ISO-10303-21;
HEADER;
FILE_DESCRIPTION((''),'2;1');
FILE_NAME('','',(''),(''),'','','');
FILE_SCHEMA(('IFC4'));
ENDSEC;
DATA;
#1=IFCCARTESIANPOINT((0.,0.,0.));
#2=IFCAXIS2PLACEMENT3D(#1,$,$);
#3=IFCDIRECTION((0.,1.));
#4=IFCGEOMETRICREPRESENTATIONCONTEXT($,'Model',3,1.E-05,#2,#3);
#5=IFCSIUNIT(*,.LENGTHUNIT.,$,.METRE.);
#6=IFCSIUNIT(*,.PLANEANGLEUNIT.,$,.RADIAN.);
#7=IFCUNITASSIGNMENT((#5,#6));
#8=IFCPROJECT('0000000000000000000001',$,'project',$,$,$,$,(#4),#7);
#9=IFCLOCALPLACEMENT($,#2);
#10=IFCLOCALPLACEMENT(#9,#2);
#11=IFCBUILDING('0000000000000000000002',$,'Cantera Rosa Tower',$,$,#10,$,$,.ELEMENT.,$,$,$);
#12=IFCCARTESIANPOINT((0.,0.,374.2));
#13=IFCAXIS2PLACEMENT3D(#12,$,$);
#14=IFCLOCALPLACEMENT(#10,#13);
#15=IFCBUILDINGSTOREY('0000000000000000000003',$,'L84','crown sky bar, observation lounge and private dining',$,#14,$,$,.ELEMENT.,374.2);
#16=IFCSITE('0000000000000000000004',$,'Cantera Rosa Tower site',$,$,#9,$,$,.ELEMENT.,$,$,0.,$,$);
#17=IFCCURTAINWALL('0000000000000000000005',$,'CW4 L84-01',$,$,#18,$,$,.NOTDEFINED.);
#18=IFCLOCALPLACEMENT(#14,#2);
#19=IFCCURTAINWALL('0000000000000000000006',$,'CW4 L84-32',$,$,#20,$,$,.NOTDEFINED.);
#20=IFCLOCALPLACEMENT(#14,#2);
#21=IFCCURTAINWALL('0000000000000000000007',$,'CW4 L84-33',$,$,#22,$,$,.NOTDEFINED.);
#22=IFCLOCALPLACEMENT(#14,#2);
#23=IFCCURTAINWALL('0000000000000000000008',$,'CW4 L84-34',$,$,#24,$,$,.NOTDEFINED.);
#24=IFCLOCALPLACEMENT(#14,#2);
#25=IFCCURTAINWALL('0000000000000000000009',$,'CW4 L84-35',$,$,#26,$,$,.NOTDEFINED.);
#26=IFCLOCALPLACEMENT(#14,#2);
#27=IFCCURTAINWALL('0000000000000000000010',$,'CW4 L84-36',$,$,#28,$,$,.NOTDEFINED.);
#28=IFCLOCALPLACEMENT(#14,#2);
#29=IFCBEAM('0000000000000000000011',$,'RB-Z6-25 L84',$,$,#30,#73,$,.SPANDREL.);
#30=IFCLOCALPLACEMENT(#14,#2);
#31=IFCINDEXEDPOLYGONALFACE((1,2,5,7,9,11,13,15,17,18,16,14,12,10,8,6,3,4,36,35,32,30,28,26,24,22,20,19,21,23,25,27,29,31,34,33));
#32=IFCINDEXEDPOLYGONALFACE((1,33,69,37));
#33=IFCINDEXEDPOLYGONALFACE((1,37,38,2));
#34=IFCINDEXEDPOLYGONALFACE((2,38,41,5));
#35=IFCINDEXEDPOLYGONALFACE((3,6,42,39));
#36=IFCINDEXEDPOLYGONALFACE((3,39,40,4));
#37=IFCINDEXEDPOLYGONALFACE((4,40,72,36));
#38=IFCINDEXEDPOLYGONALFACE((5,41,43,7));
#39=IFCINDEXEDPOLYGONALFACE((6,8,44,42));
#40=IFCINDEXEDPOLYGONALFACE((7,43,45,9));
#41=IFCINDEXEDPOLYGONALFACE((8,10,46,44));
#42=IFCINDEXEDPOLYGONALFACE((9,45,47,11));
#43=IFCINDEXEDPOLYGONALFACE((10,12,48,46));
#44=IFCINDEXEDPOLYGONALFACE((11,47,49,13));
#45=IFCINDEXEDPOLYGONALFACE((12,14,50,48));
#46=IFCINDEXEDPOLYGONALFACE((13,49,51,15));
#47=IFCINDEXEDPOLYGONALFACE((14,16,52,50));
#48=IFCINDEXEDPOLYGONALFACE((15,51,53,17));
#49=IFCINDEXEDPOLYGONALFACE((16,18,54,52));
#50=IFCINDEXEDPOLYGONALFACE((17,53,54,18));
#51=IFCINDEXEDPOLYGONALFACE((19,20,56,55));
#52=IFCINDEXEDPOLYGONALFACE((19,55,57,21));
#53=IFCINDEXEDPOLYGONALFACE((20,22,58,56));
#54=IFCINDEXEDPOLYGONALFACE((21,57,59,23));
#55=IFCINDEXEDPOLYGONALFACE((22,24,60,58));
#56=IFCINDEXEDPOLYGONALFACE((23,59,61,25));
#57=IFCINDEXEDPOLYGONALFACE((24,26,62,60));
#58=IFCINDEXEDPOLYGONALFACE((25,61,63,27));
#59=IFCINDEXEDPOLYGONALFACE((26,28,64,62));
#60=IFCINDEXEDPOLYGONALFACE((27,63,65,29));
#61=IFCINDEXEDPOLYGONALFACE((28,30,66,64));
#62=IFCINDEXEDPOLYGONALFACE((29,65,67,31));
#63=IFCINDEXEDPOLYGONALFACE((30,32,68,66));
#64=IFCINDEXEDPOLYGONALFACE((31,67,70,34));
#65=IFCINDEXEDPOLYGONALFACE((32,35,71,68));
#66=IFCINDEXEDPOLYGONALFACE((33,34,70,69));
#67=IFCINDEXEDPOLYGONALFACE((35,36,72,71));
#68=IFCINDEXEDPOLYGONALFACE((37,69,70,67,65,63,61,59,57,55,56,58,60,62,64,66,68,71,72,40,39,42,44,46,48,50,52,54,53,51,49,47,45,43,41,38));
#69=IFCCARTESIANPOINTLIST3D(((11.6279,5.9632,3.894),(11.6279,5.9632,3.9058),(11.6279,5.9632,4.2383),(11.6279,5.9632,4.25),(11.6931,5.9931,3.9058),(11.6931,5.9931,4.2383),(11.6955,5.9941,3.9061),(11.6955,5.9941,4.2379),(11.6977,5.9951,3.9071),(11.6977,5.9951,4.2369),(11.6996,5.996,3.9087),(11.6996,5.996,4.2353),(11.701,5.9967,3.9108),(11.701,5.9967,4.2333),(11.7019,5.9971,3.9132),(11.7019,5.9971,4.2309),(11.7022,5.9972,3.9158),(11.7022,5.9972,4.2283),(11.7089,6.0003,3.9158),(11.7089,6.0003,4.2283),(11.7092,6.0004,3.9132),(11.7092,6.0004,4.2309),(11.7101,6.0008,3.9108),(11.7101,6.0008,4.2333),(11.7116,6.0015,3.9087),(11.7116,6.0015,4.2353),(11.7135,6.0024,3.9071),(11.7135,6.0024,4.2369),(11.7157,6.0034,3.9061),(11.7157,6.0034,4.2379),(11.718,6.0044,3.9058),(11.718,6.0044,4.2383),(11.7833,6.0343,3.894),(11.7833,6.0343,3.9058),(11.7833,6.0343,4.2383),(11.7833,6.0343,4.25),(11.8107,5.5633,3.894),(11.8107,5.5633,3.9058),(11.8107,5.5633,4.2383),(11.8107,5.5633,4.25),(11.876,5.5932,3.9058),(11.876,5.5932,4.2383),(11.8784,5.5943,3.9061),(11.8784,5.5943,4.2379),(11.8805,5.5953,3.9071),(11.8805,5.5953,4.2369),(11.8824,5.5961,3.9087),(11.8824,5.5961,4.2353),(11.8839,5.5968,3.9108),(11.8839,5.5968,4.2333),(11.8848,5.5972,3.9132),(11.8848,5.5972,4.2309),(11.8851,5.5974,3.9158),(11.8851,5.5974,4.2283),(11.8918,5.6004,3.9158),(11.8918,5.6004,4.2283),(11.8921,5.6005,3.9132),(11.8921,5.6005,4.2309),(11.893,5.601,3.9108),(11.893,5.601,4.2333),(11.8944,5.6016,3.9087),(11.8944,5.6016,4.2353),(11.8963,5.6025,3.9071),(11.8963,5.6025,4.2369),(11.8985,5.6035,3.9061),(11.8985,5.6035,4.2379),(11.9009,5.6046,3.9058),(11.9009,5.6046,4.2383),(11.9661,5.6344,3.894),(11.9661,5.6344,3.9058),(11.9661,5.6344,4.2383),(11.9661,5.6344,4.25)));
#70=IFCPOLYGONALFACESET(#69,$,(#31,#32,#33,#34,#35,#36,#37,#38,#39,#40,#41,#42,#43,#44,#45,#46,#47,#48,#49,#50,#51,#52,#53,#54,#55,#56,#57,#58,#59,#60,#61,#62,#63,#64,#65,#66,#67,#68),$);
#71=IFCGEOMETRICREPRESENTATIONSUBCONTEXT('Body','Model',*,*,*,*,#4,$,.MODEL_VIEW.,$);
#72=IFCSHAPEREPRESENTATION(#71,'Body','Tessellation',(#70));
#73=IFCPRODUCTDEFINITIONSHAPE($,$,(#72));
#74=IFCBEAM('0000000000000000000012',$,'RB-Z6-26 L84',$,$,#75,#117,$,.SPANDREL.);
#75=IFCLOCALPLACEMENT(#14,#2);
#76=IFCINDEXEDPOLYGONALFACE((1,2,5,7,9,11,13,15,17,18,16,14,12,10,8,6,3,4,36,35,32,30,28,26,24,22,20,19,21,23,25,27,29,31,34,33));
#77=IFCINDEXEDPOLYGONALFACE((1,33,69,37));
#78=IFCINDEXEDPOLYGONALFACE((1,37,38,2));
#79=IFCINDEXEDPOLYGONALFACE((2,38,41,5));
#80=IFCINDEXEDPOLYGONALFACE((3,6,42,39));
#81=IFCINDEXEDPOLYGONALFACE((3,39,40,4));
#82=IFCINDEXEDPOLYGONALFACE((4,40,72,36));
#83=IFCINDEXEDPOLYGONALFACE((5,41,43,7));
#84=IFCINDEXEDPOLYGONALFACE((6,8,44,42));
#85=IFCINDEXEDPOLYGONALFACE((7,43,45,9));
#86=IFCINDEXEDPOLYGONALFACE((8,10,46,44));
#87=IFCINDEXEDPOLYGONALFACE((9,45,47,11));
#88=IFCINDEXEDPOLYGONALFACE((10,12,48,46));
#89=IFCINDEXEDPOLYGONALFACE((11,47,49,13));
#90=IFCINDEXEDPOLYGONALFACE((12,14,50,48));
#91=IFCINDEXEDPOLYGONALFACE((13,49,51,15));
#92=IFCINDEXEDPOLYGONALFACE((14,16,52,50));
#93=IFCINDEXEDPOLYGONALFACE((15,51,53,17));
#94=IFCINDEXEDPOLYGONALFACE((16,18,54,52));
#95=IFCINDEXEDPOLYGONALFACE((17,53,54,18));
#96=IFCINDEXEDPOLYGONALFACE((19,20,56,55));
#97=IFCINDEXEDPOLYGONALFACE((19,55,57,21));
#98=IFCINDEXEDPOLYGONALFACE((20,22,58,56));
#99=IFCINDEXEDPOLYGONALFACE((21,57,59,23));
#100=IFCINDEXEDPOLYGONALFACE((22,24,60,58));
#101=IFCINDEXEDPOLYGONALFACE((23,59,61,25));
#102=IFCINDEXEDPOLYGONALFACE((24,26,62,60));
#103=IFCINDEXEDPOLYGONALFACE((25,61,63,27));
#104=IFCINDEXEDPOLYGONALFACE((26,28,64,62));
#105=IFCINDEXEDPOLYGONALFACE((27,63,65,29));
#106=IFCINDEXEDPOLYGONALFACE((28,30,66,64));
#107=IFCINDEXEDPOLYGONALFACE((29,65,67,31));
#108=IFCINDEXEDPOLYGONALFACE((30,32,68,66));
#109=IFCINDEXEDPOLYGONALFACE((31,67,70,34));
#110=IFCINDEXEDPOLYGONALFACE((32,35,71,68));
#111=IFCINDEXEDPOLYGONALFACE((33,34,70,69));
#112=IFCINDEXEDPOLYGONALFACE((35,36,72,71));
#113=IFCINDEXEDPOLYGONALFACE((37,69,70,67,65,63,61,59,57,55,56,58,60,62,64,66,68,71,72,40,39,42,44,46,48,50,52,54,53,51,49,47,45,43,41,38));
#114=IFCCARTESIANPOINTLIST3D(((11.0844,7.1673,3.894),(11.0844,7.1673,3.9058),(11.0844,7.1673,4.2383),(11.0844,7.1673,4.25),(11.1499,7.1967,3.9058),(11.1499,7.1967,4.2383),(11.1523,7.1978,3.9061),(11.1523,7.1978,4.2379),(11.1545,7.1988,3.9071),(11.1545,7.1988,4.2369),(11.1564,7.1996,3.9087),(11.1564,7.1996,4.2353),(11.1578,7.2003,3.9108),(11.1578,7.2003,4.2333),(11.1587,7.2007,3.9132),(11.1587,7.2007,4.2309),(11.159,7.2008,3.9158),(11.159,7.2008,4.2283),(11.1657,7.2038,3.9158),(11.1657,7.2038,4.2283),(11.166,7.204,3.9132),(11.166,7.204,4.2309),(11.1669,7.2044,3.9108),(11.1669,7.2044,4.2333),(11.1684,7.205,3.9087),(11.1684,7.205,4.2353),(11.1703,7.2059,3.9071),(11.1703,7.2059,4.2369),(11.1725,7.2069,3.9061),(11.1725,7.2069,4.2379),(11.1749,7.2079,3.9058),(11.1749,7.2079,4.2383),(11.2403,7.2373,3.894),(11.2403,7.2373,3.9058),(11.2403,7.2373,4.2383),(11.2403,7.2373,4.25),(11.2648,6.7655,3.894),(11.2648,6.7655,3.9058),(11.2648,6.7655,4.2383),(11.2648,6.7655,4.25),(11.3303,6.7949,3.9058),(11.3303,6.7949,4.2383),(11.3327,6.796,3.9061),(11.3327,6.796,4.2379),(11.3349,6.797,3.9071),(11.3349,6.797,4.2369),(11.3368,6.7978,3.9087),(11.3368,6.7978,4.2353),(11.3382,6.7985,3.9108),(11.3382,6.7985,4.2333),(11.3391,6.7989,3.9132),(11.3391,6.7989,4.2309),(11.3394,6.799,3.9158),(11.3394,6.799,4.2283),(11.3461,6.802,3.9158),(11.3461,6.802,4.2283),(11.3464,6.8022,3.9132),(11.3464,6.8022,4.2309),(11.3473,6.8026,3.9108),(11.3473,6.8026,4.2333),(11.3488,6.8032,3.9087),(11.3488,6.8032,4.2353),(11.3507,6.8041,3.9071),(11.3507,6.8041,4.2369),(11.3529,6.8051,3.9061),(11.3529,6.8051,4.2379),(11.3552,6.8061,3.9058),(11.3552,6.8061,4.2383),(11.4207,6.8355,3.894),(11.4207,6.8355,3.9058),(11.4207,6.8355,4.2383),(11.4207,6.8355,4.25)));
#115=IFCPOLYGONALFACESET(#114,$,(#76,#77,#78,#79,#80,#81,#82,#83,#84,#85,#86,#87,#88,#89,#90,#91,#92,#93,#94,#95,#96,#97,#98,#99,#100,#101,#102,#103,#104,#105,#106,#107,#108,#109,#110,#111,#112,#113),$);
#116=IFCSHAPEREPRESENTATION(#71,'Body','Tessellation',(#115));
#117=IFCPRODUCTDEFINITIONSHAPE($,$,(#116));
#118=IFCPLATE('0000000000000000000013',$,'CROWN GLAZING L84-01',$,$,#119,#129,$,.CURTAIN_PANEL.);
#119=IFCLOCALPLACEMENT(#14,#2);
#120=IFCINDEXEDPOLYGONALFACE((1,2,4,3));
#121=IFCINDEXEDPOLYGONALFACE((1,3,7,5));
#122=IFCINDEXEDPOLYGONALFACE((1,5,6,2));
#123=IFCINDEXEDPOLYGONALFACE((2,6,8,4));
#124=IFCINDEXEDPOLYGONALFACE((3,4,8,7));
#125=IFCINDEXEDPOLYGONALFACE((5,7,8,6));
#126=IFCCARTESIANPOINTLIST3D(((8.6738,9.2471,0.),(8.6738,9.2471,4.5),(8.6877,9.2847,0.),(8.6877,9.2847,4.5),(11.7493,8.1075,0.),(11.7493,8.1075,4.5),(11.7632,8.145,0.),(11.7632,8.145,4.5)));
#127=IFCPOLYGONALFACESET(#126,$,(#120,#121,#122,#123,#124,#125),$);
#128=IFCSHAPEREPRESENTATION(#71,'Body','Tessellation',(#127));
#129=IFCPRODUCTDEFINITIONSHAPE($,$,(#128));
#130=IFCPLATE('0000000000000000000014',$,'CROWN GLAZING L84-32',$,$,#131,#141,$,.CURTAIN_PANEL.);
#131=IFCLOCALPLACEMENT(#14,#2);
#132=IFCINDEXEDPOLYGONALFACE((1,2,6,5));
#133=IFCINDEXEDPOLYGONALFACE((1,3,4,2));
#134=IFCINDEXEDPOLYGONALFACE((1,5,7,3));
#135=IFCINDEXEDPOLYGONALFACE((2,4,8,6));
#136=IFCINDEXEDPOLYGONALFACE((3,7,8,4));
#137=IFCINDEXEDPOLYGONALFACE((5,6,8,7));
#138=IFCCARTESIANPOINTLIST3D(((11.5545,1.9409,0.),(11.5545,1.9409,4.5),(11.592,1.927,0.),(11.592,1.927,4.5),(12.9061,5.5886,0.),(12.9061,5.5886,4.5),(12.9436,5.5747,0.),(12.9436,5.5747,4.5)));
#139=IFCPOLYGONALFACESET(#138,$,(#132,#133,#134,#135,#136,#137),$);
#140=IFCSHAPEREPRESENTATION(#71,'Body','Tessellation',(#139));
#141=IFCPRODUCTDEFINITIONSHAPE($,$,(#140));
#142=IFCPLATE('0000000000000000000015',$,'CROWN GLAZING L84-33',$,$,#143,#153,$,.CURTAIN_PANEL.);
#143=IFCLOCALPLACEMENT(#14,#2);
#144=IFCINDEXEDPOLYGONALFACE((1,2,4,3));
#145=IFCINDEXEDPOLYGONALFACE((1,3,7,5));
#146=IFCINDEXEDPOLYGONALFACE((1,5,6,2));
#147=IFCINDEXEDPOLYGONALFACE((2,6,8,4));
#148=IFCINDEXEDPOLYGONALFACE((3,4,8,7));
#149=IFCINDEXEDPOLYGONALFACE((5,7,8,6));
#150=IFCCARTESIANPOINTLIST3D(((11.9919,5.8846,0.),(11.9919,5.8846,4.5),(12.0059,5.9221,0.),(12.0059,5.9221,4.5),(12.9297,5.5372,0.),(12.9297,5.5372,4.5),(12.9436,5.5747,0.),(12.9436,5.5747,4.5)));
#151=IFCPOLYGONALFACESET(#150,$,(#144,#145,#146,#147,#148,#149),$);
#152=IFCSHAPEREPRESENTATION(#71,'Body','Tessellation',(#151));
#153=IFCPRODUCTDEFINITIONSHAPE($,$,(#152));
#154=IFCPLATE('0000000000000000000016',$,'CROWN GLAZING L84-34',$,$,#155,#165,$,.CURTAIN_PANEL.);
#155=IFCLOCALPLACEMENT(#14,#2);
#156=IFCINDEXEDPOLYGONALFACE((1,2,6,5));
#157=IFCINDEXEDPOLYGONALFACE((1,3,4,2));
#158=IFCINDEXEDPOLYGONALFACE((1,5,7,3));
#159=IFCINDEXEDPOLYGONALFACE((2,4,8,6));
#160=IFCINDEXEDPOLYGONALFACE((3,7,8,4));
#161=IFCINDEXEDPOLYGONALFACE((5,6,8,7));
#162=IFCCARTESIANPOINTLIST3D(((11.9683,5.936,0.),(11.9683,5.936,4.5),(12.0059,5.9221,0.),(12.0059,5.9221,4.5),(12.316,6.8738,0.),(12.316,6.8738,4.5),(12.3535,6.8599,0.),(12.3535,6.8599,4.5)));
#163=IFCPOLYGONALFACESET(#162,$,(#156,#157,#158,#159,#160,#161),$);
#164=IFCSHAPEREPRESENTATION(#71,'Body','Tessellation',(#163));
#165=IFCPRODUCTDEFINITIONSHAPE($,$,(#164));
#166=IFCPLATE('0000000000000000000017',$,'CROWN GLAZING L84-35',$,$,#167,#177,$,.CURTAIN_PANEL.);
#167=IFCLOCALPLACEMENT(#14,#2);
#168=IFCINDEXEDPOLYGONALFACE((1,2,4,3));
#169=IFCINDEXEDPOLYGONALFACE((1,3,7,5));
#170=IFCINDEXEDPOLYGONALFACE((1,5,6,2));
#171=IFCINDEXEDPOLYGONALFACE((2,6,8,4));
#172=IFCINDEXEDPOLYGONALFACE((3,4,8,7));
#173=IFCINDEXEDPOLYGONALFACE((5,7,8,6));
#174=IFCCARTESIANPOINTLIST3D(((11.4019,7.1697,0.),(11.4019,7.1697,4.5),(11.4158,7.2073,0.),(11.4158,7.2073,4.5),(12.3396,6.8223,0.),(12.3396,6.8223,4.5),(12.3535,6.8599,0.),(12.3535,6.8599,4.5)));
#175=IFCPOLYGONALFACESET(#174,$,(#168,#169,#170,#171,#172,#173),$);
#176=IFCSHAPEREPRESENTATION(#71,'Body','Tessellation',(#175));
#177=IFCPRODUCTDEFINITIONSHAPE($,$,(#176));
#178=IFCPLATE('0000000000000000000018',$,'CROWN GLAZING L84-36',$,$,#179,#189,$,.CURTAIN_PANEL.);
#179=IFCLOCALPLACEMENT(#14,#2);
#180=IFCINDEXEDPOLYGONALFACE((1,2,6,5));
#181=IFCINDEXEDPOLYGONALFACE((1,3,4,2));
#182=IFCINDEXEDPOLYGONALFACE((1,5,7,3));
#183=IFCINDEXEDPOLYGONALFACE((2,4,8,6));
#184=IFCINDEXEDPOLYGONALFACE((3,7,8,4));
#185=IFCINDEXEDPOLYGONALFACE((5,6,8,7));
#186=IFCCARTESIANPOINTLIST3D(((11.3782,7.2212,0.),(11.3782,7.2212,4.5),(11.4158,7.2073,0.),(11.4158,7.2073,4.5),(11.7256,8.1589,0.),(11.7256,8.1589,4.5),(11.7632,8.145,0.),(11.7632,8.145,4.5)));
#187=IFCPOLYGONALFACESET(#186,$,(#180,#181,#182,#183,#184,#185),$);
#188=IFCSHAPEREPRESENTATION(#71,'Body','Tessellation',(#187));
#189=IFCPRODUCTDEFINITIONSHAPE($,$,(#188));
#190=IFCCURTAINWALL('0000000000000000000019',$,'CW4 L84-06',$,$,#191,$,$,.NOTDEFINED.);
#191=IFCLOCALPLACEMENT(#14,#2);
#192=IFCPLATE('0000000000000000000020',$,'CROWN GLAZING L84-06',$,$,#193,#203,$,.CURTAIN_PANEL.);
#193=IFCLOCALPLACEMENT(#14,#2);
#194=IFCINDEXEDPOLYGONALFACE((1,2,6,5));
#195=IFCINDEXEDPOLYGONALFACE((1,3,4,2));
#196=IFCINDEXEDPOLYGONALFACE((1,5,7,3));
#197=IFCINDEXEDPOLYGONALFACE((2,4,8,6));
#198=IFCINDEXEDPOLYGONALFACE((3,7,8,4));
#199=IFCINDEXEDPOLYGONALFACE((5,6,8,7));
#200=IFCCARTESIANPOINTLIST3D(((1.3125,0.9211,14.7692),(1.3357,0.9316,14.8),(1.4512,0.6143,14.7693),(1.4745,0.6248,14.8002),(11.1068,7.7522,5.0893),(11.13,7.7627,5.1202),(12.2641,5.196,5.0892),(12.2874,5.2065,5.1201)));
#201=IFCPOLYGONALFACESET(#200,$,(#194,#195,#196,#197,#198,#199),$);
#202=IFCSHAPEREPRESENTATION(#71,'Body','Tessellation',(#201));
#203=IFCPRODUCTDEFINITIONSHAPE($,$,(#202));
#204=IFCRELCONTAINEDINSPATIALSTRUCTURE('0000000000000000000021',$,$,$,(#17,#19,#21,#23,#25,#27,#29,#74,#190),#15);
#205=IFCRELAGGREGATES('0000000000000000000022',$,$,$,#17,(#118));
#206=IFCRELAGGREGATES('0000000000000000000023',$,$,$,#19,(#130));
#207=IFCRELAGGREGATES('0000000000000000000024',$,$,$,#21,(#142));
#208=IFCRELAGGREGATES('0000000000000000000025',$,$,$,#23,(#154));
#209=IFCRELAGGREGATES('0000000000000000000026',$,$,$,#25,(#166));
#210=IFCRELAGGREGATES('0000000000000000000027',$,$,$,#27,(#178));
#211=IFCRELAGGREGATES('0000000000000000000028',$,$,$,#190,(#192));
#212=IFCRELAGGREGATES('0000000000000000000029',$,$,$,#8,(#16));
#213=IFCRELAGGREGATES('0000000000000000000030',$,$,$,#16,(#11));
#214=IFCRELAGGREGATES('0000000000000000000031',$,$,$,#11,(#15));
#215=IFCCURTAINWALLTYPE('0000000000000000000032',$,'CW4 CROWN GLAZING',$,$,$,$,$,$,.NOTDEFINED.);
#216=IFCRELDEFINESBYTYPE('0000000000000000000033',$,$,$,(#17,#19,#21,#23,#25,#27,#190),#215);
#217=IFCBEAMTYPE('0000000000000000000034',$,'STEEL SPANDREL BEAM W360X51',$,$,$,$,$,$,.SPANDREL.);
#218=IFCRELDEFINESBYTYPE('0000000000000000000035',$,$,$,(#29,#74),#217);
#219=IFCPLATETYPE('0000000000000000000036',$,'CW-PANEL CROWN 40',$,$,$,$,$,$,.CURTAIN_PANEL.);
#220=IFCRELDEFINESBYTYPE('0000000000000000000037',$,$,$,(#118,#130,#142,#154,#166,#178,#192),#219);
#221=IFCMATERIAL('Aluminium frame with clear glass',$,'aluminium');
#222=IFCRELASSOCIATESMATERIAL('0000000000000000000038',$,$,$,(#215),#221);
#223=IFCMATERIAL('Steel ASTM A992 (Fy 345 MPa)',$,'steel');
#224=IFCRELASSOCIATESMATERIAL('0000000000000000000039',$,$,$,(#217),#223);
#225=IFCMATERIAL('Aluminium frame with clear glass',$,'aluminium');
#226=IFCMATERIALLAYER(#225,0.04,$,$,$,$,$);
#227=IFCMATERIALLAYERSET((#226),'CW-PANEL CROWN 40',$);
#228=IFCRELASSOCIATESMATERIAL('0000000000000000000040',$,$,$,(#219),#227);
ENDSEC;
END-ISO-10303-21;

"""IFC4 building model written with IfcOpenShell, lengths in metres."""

from ifc_helpers import new_model, si_unit, direction, frame, origin, origin_2d, place, context, subcontext, project, spatial, polyline, i_section, outline, extrude, material, layer, layer_set, material_profile, profile_set, type_object, element, aggregate, save


model = new_model("IFC4")

# Units and contexts
model_context = context("Model", 3, precision=1e-05, world=origin(), true_north=direction((0.0, 1.0)))
body_context = subcontext(model_context, "Body", "Model", "MODEL_VIEW")
ifc_project = project(units=[si_unit("LENGTHUNIT", "METRE"), si_unit("PLANEANGLEUNIT", "RADIAN")], contexts=[model_context])

# Site, building, storey
site_placement = place(None, origin())
site = spatial("IfcSite", under=ifc_project, at=site_placement, Name="Cantera Rosa Tower site", CompositionType="ELEMENT", RefElevation=0.0)
building_placement = place(site_placement, origin())
building = spatial("IfcBuilding", under=site, at=building_placement, Name="Cantera Rosa Tower", CompositionType="ELEMENT")
storey_placement = place(building_placement, frame((0.0, 0.0, 374.2)))
storey = spatial("IfcBuildingStorey", under=building, at=storey_placement, Name="L84", Description="crown sky bar, observation lounge and private dining", CompositionType="ELEMENT", Elevation=374.2)

# Curtain walls
ifc_material_1 = material(Name="Aluminium frame with clear glass", Category="aluminium")
curtain_wall_type = type_object("IfcCurtainWallType", Name="CW4 CROWN GLAZING", PredefinedType="NOTDEFINED", material=ifc_material_1)
curtain_wall_1_placement = place(storey_placement, origin())
curtain_wall_1 = element("IfcCurtainWall", 1, at=curtain_wall_1_placement, inside=storey, type_object=curtain_wall_type, Name="CW4 L84-01", PredefinedType="NOTDEFINED")
curtain_wall_2_placement = place(storey_placement, origin())
curtain_wall_2 = element("IfcCurtainWall", 2, at=curtain_wall_2_placement, inside=storey, type_object=curtain_wall_type, Name="CW4 L84-32", PredefinedType="NOTDEFINED")
curtain_wall_3_placement = place(storey_placement, origin())
curtain_wall_3 = element("IfcCurtainWall", 3, at=curtain_wall_3_placement, inside=storey, type_object=curtain_wall_type, Name="CW4 L84-33", PredefinedType="NOTDEFINED")
curtain_wall_4_placement = place(storey_placement, origin())
curtain_wall_4 = element("IfcCurtainWall", 4, at=curtain_wall_4_placement, inside=storey, type_object=curtain_wall_type, Name="CW4 L84-34", PredefinedType="NOTDEFINED")
curtain_wall_5_placement = place(storey_placement, origin())
curtain_wall_5 = element("IfcCurtainWall", 5, at=curtain_wall_5_placement, inside=storey, type_object=curtain_wall_type, Name="CW4 L84-35", PredefinedType="NOTDEFINED")
curtain_wall_6_placement = place(storey_placement, origin())
curtain_wall_6 = element("IfcCurtainWall", 6, at=curtain_wall_6_placement, inside=storey, type_object=curtain_wall_type, Name="CW4 L84-36", PredefinedType="NOTDEFINED")

# Beams
ifc_material_2 = material(Name="Steel ASTM A992 (Fy 345 MPa)", Category="steel")
ifc_material_profile_1 = material_profile(ifc_material_2, i_section(OverallWidth=0.1709, OverallDepth=0.356, WebThickness=0.0073, FlangeThickness=0.0117, FilletRadius=0.01, at=origin_2d()), Name="W360X51")
ifc_profile_set_1 = profile_set([ifc_material_profile_1], Name="Steel ASTM A992 (Fy 345 MPa)")
beam_type_1 = type_object("IfcBeamType", Name="STEEL SPANDREL BEAM W360X51", PredefinedType="SPANDREL", material=ifc_profile_set_1)
beam_1_placement = place(storey_placement, frame((11.8884, 5.5989, 4.072), z_axis=(-0.415852, 0.909432, 0.0), x_axis=(-0.909432, -0.415852, 0.0)))
element("IfcBeam", 7, at=beam_1_placement, inside=storey, type_object=beam_type_1, Name="RB-Z6-25 L84", PredefinedType="SPANDREL", context=body_context, shape_type="SweptSolid", body=[
    extrude(i_section(OverallWidth=0.1709, OverallDepth=0.356, WebThickness=0.0073, FlangeThickness=0.0117, FilletRadius=0.01, at=origin_2d()), origin(), (0.0, 0.0, 1.0), 0.4397),
])
beam_2_placement = place(storey_placement, frame((11.3428, 6.8005, 4.072), z_axis=(-0.409581, 0.912274, 0.0), x_axis=(-0.912274, -0.409581, 0.0)))
element("IfcBeam", 8, at=beam_2_placement, inside=storey, type_object=beam_type_1, Name="RB-Z6-26 L84", PredefinedType="SPANDREL", context=body_context, shape_type="SweptSolid", body=[
    extrude(i_section(OverallWidth=0.1709, OverallDepth=0.356, WebThickness=0.0073, FlangeThickness=0.0117, FilletRadius=0.01, at=origin_2d()), origin(), (0.0, 0.0, 1.0), 0.4404),
])

# Plates
ifc_material_3 = material(Name="Aluminium frame with clear glass", Category="aluminium")
ifc_layer_1 = layer(ifc_material_3, 0.04)
ifc_layer_set_1 = layer_set([ifc_layer_1], Name="CW-PANEL CROWN 40")
plate_type = type_object("IfcPlateType", Name="CW-PANEL CROWN 40", PredefinedType="CURTAIN_PANEL", material=ifc_layer_set_1)
plate_1_placement = place(storey_placement, frame((11.7632, 8.145, 0.0), z_axis=(0.347474, 0.937689, 0.0), x_axis=(-0.937689, 0.347474, 0.0)))
plate_1 = element("IfcPlate", 9, at=plate_1_placement, type_object=plate_type, Name="CROWN GLAZING L84-01", PredefinedType="CURTAIN_PANEL", context=body_context, shape_type="SweptSolid", body=[
    extrude(outline(polyline([(0.0, 0.0), (3.2798, 0.0), (3.2798, 4.5), (0.0, 4.5), (0.0, 0.0)])), origin(), (0.0, 0.0, -1.0), 0.04),
])
aggregate(curtain_wall_1, [plate_1])
plate_2_placement = place(storey_placement, frame((11.592, 1.927, 0.0), z_axis=(0.937702, -0.347441, 0.0), x_axis=(0.347441, 0.937702, 0.0)))
plate_2 = element("IfcPlate", 10, at=plate_2_placement, type_object=plate_type, Name="CROWN GLAZING L84-32", PredefinedType="CURTAIN_PANEL", context=body_context, shape_type="SweptSolid", body=[
    extrude(outline(polyline([(0.0, 0.0), (3.89, 0.0), (3.89, 4.5), (0.0, 4.5), (0.0, 0.0)])), origin(), (0.0, 0.0, -1.0), 0.04),
])
aggregate(curtain_wall_2, [plate_2])
plate_3_placement = place(storey_placement, frame((12.9436, 5.5747, 0.0), z_axis=(0.347402, 0.937716, 0.0), x_axis=(-0.937716, 0.347402, 0.0)))
plate_3 = element("IfcPlate", 11, at=plate_3_placement, type_object=plate_type, Name="CROWN GLAZING L84-33", PredefinedType="CURTAIN_PANEL", context=body_context, shape_type="SweptSolid", body=[
    extrude(outline(polyline([(0.0, 0.0), (1.0, 0.0), (1.0, 4.5), (0.0, 4.5), (0.0, 0.0)])), origin(), (0.0, 0.0, -1.0), 0.04),
])
aggregate(curtain_wall_3, [plate_3])
plate_4_placement = place(storey_placement, frame((12.0059, 5.9221, 0.0), z_axis=(0.937637, -0.347616, 0.0), x_axis=(0.347616, 0.937637, 0.0)))
plate_4 = element("IfcPlate", 12, at=plate_4_placement, type_object=plate_type, Name="CROWN GLAZING L84-34", PredefinedType="CURTAIN_PANEL", context=body_context, shape_type="SweptSolid", body=[
    extrude(outline(polyline([(0.0, 0.0), (1.0001, 0.0), (1.0001, 4.5), (0.0, 4.5), (0.0, 0.0)])), origin(), (0.0, 0.0, -1.0), 0.04),
])
aggregate(curtain_wall_4, [plate_4])
plate_5_placement = place(storey_placement, frame((12.3535, 6.8599, 0.0), z_axis=(0.347402, 0.937716, 0.0), x_axis=(-0.937716, 0.347402, 0.0)))
plate_5 = element("IfcPlate", 13, at=plate_5_placement, type_object=plate_type, Name="CROWN GLAZING L84-35", PredefinedType="CURTAIN_PANEL", context=body_context, shape_type="SweptSolid", body=[
    extrude(outline(polyline([(0.0, 0.0), (1.0, 0.0), (1.0, 4.5), (0.0, 4.5), (0.0, 0.0)])), origin(), (0.0, 0.0, -1.0), 0.04),
])
aggregate(curtain_wall_5, [plate_5])
plate_6_placement = place(storey_placement, frame((11.4158, 7.2073, 0.0), z_axis=(0.937716, -0.347402, 0.0), x_axis=(0.347402, 0.937716, 0.0)))
plate_6 = element("IfcPlate", 14, at=plate_6_placement, type_object=plate_type, Name="CROWN GLAZING L84-36", PredefinedType="CURTAIN_PANEL", context=body_context, shape_type="SweptSolid", body=[
    extrude(outline(polyline([(0.0, 0.0), (1.0, 0.0), (1.0, 4.5), (0.0, 4.5), (0.0, 0.0)])), origin(), (0.0, 0.0, -1.0), 0.04),
])
aggregate(curtain_wall_6, [plate_6])

# Curtain wall, plate
curtain_wall_7_placement = place(storey_placement, origin())
curtain_wall_7 = element("IfcCurtainWall", 15, at=curtain_wall_7_placement, inside=storey, type_object=curtain_wall_type, Name="CW4 L84-06", PredefinedType="NOTDEFINED")
plate_7_placement = place(storey_placement, frame((12.2874, 5.2065, 5.1201), z_axis=(0.579544, 0.262369, 0.771552), x_axis=(-0.412467, 0.910973, 0.000041)))
plate_7 = element("IfcPlate", 16, at=plate_7_placement, type_object=plate_type, Name="CROWN GLAZING L84-06", PredefinedType="CURTAIN_PANEL", context=body_context, shape_type="SweptSolid", body=[
    extrude(outline(polyline([(0.0, 0.0), (2.806, 0.0), (0.6233, 15.216), (0.2865, 15.2162), (0.0, 0.0)])), origin(), (0.0, 0.0, -1.0), 0.04),
])
aggregate(curtain_wall_7, [plate_7])

save(model, "model.ifc")
